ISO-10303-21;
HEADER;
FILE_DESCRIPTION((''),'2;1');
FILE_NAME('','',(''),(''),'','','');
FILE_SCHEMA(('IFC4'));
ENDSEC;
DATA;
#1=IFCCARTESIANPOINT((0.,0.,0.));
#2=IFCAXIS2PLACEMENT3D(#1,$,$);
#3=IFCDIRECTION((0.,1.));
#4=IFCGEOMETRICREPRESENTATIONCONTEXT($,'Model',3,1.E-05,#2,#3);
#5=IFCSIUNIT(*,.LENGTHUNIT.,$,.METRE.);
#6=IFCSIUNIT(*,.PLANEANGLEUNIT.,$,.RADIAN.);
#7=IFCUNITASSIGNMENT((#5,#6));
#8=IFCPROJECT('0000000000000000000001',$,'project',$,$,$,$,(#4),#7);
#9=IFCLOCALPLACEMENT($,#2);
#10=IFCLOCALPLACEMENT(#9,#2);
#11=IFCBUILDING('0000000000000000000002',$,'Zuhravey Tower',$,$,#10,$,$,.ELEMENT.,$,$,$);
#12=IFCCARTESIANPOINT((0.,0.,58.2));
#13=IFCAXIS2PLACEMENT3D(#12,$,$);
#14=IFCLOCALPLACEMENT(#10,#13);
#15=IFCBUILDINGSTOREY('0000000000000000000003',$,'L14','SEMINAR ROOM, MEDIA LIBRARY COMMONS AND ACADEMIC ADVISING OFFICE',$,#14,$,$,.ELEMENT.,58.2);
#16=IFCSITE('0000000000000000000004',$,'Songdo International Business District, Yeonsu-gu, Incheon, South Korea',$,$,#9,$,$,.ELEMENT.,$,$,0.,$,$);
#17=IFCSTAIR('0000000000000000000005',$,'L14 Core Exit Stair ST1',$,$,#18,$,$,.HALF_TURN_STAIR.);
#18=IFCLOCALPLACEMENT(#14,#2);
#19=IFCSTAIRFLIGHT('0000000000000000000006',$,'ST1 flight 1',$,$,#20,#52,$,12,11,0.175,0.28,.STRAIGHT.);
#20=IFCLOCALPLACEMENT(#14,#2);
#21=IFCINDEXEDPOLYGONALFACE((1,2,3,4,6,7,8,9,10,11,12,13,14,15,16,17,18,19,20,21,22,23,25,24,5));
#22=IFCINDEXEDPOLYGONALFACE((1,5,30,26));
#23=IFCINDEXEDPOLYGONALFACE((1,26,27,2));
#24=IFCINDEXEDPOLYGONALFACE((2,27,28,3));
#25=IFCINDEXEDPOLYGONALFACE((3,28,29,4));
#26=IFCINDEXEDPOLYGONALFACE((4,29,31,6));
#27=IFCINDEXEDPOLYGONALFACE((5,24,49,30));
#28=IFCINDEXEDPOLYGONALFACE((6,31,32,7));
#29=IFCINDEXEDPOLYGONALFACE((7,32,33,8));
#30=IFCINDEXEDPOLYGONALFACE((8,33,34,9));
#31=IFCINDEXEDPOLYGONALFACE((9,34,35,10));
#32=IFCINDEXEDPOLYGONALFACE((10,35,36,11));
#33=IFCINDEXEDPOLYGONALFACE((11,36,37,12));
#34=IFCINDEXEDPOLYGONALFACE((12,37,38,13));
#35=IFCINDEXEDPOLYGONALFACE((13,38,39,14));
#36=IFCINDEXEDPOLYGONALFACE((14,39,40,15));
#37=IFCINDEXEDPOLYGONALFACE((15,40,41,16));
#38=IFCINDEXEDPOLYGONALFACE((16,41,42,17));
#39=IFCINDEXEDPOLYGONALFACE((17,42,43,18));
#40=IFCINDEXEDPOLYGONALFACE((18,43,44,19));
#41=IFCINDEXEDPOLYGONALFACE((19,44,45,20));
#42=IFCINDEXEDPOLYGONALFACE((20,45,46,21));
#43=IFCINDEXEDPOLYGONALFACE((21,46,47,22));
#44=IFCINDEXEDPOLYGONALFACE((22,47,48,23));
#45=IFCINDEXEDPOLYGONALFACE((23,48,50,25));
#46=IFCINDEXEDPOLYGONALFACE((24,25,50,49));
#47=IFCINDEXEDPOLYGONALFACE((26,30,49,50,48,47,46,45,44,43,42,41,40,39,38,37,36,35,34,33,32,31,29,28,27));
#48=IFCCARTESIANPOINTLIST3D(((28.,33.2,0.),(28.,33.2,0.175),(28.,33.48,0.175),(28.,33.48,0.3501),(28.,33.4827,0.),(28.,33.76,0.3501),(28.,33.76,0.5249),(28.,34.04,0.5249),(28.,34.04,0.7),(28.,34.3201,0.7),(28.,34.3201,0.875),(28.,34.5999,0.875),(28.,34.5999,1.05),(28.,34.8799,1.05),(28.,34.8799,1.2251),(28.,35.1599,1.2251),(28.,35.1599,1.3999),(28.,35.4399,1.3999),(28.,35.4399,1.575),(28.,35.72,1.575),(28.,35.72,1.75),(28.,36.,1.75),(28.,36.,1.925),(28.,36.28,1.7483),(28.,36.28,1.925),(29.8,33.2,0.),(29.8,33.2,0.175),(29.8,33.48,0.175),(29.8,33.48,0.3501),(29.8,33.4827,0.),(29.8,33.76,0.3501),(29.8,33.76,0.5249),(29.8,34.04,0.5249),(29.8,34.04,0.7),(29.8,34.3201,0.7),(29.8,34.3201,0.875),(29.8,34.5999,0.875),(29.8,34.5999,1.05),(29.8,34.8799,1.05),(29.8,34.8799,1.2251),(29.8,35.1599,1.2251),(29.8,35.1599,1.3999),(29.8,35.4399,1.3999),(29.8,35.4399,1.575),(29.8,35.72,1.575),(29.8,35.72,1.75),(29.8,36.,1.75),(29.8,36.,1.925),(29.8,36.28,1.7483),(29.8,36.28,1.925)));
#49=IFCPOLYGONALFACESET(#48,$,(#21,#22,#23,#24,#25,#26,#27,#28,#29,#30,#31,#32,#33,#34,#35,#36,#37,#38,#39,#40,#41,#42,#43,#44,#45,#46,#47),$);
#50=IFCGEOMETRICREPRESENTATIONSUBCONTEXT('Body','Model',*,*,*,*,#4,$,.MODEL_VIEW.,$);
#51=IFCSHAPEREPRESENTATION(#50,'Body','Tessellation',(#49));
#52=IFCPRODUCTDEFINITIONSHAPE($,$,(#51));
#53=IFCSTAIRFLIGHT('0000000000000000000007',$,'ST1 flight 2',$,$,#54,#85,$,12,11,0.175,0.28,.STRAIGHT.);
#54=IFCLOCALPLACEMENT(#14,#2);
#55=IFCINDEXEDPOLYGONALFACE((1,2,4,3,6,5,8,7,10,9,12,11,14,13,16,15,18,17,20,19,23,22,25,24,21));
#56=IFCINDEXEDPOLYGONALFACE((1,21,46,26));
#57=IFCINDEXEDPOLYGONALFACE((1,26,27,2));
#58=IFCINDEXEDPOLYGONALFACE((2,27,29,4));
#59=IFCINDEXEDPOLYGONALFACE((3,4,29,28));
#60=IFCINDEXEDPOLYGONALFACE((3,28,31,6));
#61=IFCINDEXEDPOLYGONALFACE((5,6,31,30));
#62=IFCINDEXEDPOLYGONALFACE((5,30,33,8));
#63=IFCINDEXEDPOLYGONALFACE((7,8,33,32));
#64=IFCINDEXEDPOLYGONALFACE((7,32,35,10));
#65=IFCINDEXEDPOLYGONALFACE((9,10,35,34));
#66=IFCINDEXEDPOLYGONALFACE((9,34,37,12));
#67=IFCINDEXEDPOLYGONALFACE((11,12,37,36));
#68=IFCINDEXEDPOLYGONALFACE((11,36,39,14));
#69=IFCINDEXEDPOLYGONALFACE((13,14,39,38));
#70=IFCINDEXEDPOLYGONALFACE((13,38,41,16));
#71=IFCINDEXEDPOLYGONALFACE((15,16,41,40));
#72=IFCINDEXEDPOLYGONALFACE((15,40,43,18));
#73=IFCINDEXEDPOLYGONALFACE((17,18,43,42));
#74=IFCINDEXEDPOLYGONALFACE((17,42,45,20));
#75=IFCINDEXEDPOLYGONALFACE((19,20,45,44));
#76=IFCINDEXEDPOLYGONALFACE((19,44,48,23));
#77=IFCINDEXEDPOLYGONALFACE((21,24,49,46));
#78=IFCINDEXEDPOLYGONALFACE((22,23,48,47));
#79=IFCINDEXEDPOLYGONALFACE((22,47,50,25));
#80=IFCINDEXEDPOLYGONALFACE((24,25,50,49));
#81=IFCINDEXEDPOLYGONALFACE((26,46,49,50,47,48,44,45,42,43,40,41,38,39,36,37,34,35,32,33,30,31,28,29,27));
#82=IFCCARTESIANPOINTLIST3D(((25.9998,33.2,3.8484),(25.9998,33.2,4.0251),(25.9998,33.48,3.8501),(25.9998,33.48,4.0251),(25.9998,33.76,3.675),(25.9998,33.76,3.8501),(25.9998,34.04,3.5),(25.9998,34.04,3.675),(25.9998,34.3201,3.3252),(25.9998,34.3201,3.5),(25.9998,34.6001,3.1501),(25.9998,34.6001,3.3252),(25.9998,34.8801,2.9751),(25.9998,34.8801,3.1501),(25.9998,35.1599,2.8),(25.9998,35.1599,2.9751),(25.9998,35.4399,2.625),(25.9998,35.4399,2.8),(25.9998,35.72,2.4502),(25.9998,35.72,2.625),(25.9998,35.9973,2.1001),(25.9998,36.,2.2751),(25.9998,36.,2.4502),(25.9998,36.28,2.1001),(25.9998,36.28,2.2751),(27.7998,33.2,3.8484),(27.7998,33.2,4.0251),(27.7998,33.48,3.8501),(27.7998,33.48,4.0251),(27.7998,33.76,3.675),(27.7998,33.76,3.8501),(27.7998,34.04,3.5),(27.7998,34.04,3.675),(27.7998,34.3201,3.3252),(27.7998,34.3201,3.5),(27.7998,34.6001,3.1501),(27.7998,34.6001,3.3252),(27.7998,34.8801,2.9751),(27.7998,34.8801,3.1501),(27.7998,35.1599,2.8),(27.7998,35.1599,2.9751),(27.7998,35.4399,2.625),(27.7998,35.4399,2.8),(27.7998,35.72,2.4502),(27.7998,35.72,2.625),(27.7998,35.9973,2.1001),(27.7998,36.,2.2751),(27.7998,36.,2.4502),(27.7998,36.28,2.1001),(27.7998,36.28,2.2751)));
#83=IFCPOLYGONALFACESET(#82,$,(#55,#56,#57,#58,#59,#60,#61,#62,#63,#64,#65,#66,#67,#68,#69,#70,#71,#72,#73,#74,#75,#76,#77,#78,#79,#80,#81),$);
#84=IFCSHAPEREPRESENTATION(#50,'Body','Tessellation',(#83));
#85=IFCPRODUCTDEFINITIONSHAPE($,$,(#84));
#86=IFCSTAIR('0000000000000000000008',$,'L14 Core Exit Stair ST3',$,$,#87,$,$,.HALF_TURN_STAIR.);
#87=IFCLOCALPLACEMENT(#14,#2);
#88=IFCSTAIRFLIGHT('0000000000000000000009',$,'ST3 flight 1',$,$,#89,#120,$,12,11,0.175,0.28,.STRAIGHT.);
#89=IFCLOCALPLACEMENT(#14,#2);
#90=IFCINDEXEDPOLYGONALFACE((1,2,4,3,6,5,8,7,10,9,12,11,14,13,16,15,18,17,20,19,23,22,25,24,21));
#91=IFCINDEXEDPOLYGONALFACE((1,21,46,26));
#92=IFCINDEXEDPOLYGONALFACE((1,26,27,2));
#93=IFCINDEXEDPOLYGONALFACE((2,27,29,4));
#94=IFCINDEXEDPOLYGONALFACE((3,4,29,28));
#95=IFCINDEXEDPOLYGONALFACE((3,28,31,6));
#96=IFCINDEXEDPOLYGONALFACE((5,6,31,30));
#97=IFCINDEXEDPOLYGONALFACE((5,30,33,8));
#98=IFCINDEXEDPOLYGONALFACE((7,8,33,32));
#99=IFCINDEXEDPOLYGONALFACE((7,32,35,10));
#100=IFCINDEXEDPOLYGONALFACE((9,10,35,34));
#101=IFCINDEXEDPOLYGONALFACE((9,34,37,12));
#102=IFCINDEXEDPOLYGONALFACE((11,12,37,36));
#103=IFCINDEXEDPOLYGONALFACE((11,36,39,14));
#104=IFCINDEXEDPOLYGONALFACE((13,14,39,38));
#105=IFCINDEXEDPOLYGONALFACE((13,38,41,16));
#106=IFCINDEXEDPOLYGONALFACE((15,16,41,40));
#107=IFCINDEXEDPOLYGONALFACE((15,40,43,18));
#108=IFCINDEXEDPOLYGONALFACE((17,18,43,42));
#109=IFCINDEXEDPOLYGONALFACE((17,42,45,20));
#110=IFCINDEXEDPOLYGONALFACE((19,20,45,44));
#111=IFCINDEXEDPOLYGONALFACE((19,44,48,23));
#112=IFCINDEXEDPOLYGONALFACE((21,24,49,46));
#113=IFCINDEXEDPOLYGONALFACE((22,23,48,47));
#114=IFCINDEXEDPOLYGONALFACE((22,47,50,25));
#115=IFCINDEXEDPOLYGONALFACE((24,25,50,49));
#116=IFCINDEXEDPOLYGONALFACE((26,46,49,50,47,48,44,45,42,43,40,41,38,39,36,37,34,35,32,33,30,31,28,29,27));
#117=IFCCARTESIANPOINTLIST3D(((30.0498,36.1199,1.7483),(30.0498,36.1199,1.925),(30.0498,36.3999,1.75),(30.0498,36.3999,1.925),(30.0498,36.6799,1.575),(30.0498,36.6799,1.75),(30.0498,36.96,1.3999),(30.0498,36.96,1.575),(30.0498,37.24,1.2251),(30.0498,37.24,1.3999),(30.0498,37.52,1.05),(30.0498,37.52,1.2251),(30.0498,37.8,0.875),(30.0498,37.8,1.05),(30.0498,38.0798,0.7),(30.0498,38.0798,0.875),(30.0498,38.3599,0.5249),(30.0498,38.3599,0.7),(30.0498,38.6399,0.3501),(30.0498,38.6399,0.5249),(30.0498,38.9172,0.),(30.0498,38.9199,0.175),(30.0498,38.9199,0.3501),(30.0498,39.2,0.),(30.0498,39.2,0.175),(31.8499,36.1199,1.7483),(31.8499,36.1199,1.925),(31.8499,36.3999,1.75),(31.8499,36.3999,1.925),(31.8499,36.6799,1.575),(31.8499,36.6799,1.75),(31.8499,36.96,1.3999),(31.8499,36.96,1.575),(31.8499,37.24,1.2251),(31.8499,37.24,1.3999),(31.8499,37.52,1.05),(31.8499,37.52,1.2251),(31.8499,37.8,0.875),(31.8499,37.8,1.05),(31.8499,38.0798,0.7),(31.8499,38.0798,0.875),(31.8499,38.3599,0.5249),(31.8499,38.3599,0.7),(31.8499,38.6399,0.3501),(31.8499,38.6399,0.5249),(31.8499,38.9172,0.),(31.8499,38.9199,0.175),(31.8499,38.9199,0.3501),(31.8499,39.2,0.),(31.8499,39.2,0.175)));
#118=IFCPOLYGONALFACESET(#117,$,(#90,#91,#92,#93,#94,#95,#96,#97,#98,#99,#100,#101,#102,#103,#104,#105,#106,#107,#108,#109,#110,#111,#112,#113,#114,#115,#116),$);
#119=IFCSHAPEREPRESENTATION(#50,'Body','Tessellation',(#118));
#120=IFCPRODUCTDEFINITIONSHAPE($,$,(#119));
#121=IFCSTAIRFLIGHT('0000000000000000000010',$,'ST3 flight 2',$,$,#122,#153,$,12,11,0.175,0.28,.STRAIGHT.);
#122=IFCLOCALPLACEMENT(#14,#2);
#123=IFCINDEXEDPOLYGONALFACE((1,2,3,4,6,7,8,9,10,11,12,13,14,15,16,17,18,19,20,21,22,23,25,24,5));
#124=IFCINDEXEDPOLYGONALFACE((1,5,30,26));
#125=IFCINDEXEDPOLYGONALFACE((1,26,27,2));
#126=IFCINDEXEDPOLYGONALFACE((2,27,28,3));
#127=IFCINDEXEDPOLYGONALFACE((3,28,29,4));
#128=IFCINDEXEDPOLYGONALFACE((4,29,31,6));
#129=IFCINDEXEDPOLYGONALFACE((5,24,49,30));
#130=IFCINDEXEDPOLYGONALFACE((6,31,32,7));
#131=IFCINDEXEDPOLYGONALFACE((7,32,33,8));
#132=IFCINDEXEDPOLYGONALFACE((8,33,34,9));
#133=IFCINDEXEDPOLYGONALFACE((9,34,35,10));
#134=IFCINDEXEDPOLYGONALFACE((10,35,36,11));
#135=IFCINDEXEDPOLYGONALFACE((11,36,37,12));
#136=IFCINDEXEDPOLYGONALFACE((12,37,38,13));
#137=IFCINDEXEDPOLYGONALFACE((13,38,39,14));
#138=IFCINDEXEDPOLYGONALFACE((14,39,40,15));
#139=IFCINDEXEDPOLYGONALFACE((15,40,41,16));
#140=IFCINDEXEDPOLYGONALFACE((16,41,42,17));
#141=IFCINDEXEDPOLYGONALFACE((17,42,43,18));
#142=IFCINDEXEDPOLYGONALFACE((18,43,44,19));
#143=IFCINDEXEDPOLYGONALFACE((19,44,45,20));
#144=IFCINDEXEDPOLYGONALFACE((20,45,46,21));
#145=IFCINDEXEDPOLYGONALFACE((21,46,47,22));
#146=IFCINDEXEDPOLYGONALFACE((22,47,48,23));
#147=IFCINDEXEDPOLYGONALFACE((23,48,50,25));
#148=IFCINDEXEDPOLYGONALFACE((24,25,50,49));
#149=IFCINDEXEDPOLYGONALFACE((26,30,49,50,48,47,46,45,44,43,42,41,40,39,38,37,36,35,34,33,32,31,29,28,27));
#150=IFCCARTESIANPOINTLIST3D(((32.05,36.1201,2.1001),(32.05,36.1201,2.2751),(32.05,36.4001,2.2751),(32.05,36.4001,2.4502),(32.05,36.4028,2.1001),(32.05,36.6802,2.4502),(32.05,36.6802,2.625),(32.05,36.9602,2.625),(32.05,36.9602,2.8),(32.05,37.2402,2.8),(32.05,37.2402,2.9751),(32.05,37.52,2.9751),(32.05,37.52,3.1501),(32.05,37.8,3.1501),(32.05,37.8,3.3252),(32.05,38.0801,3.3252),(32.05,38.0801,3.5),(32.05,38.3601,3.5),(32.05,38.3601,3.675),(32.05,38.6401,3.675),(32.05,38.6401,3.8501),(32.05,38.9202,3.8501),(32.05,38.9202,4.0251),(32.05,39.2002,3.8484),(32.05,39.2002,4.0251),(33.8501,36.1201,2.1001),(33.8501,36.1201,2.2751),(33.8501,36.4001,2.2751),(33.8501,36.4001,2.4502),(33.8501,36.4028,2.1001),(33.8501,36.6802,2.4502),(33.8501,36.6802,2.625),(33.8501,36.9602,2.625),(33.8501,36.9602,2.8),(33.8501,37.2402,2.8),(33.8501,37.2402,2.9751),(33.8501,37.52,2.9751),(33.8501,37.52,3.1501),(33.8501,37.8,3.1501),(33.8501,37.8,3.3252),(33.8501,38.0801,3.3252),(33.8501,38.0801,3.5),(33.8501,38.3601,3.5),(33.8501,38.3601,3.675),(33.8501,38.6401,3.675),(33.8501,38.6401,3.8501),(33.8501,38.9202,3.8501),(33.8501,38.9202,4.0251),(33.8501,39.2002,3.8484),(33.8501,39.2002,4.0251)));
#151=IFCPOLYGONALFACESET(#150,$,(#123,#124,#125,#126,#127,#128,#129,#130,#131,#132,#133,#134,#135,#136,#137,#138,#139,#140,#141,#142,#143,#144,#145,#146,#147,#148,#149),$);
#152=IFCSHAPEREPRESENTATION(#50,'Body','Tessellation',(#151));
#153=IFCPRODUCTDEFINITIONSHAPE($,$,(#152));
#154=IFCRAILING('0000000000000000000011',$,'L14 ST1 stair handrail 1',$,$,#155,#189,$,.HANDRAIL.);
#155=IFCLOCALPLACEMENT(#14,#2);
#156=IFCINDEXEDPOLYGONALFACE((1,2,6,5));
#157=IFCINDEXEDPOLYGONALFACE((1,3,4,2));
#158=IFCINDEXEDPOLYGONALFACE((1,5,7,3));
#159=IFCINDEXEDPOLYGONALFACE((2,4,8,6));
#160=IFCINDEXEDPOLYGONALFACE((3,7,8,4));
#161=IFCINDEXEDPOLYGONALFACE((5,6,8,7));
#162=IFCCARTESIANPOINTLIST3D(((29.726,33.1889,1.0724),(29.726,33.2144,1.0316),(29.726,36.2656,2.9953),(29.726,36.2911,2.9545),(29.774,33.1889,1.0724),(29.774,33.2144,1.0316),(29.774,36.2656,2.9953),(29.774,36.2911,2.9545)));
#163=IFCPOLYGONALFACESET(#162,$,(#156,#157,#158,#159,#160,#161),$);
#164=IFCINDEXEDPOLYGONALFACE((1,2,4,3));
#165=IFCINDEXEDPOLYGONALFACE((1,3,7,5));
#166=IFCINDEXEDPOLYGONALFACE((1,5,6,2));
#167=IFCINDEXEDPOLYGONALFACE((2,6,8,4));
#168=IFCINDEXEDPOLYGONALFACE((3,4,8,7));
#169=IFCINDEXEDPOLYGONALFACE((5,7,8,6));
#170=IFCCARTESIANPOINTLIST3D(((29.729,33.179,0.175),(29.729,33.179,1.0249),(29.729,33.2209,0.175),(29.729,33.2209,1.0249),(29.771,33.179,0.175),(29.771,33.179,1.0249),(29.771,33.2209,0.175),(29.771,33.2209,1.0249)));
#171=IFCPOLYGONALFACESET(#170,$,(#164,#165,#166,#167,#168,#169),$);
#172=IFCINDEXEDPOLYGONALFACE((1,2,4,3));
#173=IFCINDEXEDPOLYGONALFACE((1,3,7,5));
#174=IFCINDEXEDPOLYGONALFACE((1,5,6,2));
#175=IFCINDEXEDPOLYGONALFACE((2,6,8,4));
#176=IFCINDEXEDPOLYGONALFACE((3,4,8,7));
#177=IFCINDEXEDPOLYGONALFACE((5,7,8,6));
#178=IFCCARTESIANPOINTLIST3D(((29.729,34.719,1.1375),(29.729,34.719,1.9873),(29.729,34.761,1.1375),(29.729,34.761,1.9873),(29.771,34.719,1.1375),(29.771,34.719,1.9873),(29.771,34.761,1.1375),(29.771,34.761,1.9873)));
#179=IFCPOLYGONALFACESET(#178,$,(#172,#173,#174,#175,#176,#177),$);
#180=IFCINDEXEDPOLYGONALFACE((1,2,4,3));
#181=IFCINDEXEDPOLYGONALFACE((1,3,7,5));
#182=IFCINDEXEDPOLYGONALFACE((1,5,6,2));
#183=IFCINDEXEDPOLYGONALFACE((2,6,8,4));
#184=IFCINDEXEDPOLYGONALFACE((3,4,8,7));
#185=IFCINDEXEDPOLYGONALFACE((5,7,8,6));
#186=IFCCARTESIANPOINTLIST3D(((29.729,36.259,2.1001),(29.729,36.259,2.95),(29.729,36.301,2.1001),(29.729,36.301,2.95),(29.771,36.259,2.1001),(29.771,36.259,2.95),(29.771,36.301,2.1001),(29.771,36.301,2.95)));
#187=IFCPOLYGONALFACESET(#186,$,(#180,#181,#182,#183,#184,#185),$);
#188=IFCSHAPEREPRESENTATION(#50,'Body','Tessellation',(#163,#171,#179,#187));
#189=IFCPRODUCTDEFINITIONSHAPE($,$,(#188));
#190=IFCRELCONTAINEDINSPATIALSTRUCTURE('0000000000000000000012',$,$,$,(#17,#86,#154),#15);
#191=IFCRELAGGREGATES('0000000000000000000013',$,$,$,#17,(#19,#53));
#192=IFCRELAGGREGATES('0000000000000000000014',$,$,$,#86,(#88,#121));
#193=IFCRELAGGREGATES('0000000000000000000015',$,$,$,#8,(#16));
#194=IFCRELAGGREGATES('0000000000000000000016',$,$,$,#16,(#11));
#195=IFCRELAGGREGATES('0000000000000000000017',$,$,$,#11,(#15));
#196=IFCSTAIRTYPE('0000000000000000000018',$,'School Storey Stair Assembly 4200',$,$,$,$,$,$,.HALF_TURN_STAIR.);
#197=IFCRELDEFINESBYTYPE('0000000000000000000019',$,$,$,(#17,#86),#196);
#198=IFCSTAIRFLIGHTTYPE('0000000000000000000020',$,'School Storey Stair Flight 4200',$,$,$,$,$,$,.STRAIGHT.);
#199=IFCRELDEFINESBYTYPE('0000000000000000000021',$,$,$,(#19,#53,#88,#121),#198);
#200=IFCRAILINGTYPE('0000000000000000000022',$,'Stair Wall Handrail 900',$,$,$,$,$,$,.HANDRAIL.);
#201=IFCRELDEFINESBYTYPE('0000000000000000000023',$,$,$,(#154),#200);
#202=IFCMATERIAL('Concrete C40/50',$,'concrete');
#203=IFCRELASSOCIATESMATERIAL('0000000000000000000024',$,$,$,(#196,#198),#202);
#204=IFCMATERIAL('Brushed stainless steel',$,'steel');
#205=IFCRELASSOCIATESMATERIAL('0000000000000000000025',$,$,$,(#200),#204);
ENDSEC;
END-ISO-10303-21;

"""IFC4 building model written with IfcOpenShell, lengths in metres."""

from ifc_helpers import new_model, si_unit, direction, frame, origin, origin_2d, place, context, subcontext, project, spatial, polyline, rectangle, outline, extrude, material, type_object, element, aggregate, save


model = new_model("IFC4")

# Units and contexts
model_context = context("Model", 3, precision=1e-05, world=origin(), true_north=direction((0.0, 1.0)))
body_context = subcontext(model_context, "Body", "Model", "MODEL_VIEW")
ifc_project = project(units=[si_unit("LENGTHUNIT", "METRE"), si_unit("PLANEANGLEUNIT", "RADIAN")], contexts=[model_context])

# Site, building, storey
site_placement = place(None, origin())
site = spatial("IfcSite", under=ifc_project, at=site_placement, Name="Songdo International Business District, Yeonsu-gu, Incheon, South Korea", CompositionType="ELEMENT", RefElevation=0.0)
building_placement = place(site_placement, origin())
building = spatial("IfcBuilding", under=site, at=building_placement, Name="Zuhravey Tower", CompositionType="ELEMENT")
storey_placement = place(building_placement, frame((0.0, 0.0, 58.2)))
storey = spatial("IfcBuildingStorey", under=building, at=storey_placement, Name="L14", Description="SEMINAR ROOM, MEDIA LIBRARY COMMONS AND ACADEMIC ADVISING OFFICE", CompositionType="ELEMENT", Elevation=58.2)

# Stairs, stair flights
ifc_material_1 = material(Name="Concrete C40/50", Category="concrete")
stair_type = type_object("IfcStairType", Name="School Storey Stair Assembly 4200", PredefinedType="HALF_TURN_STAIR", material=ifc_material_1)
stair_1_placement = place(storey_placement, origin())
stair_1 = element("IfcStair", 1, at=stair_1_placement, inside=storey, type_object=stair_type, Name="L14 Core Exit Stair ST1", PredefinedType="HALF_TURN_STAIR")
stair_flight_type = type_object("IfcStairFlightType", Name="School Storey Stair Flight 4200", PredefinedType="STRAIGHT", material=ifc_material_1)
stair_flight_1_placement = place(storey_placement, frame((28.8999, 33.2, 0.0), z_axis=(0.0, 0.0, 1.0), x_axis=(0.0, 1.0, 0.0)))
stair_flight_1 = element("IfcStairFlight", 2, at=stair_flight_1_placement, type_object=stair_flight_type, Name="ST1 flight 1", NumberOfRisers=12, NumberOfTreads=11, PredefinedType="STRAIGHT", RiserHeight=0.175, TreadLength=0.28, context=body_context, shape_type="SweptSolid", body=[
    extrude(outline(polyline([(0.0, 0.0), (0.0, 0.175), (0.28, 0.175), (0.28, 0.3501), (0.5601, 0.3501), (0.5601, 0.5249), (0.8401, 0.5249), (0.8401, 0.7), (1.1201, 0.7), (1.1201, 0.875), (1.3999, 0.875), (1.3999, 1.05), (1.6799, 1.05), (1.6799, 1.2251), (1.96, 1.2251), (1.96, 1.3999), (2.24, 1.3999), (2.24, 1.575), (2.52, 1.575), (2.52, 1.75), (2.8, 1.75), (2.8, 1.925), (3.0801, 1.925), (3.0801, 2.1001), (3.0801, 1.7483), (0.2827, 0.0), (0.0, 0.0)])), frame((0.0, 0.8999, 0.0), z_axis=(0.0, -1.0, 0.0), x_axis=(1.0, 0.0, 0.0)), (0.0, 0.0, 1.0), 1.8),
])
stair_flight_2_placement = place(storey_placement, frame((26.8999, 36.28, 2.1001), z_axis=(0.0, 0.0, 1.0), x_axis=(0.0, -1.0, 0.0)))
stair_flight_2 = element("IfcStairFlight", 3, at=stair_flight_2_placement, type_object=stair_flight_type, Name="ST1 flight 2", NumberOfRisers=12, NumberOfTreads=11, PredefinedType="STRAIGHT", RiserHeight=0.175, TreadLength=0.28, context=body_context, shape_type="SweptSolid", body=[
    extrude(outline(polyline([(0.0, 0.0), (0.0, 0.175), (0.28, 0.175), (0.28, 0.3501), (0.5601, 0.3501), (0.5601, 0.5249), (0.8401, 0.5249), (0.8401, 0.7), (1.1201, 0.7), (1.1201, 0.875), (1.3999, 0.875), (1.3999, 1.05), (1.6799, 1.05), (1.6799, 1.2251), (1.96, 1.2251), (1.96, 1.3999), (2.24, 1.3999), (2.24, 1.575), (2.52, 1.575), (2.52, 1.75), (2.8, 1.75), (2.8, 1.925), (3.0801, 1.925), (3.0801, 2.1001), (3.0801, 1.7483), (0.2827, 0.0), (0.0, 0.0)])), frame((0.0, 0.8999, 0.0), z_axis=(0.0, -1.0, 0.0), x_axis=(1.0, 0.0, 0.0)), (0.0, 0.0, 1.0), 1.8),
])
aggregate(stair_1, [stair_flight_1, stair_flight_2])
stair_2_placement = place(storey_placement, origin())
stair_2 = element("IfcStair", 4, at=stair_2_placement, inside=storey, type_object=stair_type, Name="L14 Core Exit Stair ST3", PredefinedType="HALF_TURN_STAIR")
stair_flight_3_placement = place(storey_placement, frame((30.95, 39.2, 0.0), z_axis=(0.0, 0.0, 1.0), x_axis=(0.0, -1.0, 0.0)))
stair_flight_3 = element("IfcStairFlight", 5, at=stair_flight_3_placement, type_object=stair_flight_type, Name="ST3 flight 1", NumberOfRisers=12, NumberOfTreads=11, PredefinedType="STRAIGHT", RiserHeight=0.175, TreadLength=0.28, context=body_context, shape_type="SweptSolid", body=[
    extrude(outline(polyline([(0.0, 0.0), (0.0, 0.175), (0.28, 0.175), (0.28, 0.3501), (0.5601, 0.3501), (0.5601, 0.5249), (0.8401, 0.5249), (0.8401, 0.7), (1.1201, 0.7), (1.1201, 0.875), (1.3999, 0.875), (1.3999, 1.05), (1.6799, 1.05), (1.6799, 1.2251), (1.96, 1.2251), (1.96, 1.3999), (2.24, 1.3999), (2.24, 1.575), (2.52, 1.575), (2.52, 1.75), (2.8, 1.75), (2.8, 1.925), (3.0801, 1.925), (3.0801, 2.1001), (3.0801, 1.7483), (0.2827, 0.0), (0.0, 0.0)])), frame((0.0, 0.8999, 0.0), z_axis=(0.0, -1.0, 0.0), x_axis=(1.0, 0.0, 0.0)), (0.0, 0.0, 1.0), 1.8),
])
stair_flight_4_placement = place(storey_placement, frame((32.95, 36.1201, 2.1001), z_axis=(0.0, 0.0, 1.0), x_axis=(0.0, 1.0, 0.0)))
stair_flight_4 = element("IfcStairFlight", 6, at=stair_flight_4_placement, type_object=stair_flight_type, Name="ST3 flight 2", NumberOfRisers=12, NumberOfTreads=11, PredefinedType="STRAIGHT", RiserHeight=0.175, TreadLength=0.28, context=body_context, shape_type="SweptSolid", body=[
    extrude(outline(polyline([(0.0, 0.0), (0.0, 0.175), (0.28, 0.175), (0.28, 0.3501), (0.5601, 0.3501), (0.5601, 0.5249), (0.8401, 0.5249), (0.8401, 0.7), (1.1201, 0.7), (1.1201, 0.875), (1.3999, 0.875), (1.3999, 1.05), (1.6799, 1.05), (1.6799, 1.2251), (1.96, 1.2251), (1.96, 1.3999), (2.24, 1.3999), (2.24, 1.575), (2.52, 1.575), (2.52, 1.75), (2.8, 1.75), (2.8, 1.925), (3.0801, 1.925), (3.0801, 2.1001), (3.0801, 1.7483), (0.2827, 0.0), (0.0, 0.0)])), frame((0.0, 0.8999, 0.0), z_axis=(0.0, -1.0, 0.0), x_axis=(1.0, 0.0, 0.0)), (0.0, 0.0, 1.0), 1.8),
])
aggregate(stair_2, [stair_flight_3, stair_flight_4])

# Railing
ifc_material_2 = material(Name="Brushed stainless steel", Category="steel")
railing_type_1 = type_object("IfcRailingType", Name="Stair Wall Handrail 900", PredefinedType="HANDRAIL", material=ifc_material_2)
railing_1_placement = place(storey_placement, frame((29.75, 33.2, 0.175)))
element("IfcRailing", 7, at=railing_1_placement, inside=storey, type_object=railing_type_1, Name="L14 ST1 stair handrail 1", PredefinedType="HANDRAIL", context=body_context, shape_type="SweptSolid", body=[
    extrude(rectangle(XDim=0.0481, YDim=0.0481, at=origin_2d()), frame((0.0, 0.0017, 0.877), z_axis=(0.0, 0.847998, 0.529999), x_axis=(-1.0, 0.0, 0.0)), (0.0, 0.0, 1.0), 3.6282),
    extrude(rectangle(XDim=0.042, YDim=0.042, at=origin_2d()), origin(), (0.0, 0.0, 1.0), 0.8499),
    extrude(rectangle(XDim=0.042, YDim=0.042, at=origin_2d()), frame((0.0, 1.54, 0.9624)), (0.0, 0.0, 1.0), 0.8499),
    extrude(rectangle(XDim=0.042, YDim=0.042, at=origin_2d()), frame((0.0, 3.0801, 1.925)), (0.0, 0.0, 1.0), 0.8499),
])

save(model, "model.ifc")
